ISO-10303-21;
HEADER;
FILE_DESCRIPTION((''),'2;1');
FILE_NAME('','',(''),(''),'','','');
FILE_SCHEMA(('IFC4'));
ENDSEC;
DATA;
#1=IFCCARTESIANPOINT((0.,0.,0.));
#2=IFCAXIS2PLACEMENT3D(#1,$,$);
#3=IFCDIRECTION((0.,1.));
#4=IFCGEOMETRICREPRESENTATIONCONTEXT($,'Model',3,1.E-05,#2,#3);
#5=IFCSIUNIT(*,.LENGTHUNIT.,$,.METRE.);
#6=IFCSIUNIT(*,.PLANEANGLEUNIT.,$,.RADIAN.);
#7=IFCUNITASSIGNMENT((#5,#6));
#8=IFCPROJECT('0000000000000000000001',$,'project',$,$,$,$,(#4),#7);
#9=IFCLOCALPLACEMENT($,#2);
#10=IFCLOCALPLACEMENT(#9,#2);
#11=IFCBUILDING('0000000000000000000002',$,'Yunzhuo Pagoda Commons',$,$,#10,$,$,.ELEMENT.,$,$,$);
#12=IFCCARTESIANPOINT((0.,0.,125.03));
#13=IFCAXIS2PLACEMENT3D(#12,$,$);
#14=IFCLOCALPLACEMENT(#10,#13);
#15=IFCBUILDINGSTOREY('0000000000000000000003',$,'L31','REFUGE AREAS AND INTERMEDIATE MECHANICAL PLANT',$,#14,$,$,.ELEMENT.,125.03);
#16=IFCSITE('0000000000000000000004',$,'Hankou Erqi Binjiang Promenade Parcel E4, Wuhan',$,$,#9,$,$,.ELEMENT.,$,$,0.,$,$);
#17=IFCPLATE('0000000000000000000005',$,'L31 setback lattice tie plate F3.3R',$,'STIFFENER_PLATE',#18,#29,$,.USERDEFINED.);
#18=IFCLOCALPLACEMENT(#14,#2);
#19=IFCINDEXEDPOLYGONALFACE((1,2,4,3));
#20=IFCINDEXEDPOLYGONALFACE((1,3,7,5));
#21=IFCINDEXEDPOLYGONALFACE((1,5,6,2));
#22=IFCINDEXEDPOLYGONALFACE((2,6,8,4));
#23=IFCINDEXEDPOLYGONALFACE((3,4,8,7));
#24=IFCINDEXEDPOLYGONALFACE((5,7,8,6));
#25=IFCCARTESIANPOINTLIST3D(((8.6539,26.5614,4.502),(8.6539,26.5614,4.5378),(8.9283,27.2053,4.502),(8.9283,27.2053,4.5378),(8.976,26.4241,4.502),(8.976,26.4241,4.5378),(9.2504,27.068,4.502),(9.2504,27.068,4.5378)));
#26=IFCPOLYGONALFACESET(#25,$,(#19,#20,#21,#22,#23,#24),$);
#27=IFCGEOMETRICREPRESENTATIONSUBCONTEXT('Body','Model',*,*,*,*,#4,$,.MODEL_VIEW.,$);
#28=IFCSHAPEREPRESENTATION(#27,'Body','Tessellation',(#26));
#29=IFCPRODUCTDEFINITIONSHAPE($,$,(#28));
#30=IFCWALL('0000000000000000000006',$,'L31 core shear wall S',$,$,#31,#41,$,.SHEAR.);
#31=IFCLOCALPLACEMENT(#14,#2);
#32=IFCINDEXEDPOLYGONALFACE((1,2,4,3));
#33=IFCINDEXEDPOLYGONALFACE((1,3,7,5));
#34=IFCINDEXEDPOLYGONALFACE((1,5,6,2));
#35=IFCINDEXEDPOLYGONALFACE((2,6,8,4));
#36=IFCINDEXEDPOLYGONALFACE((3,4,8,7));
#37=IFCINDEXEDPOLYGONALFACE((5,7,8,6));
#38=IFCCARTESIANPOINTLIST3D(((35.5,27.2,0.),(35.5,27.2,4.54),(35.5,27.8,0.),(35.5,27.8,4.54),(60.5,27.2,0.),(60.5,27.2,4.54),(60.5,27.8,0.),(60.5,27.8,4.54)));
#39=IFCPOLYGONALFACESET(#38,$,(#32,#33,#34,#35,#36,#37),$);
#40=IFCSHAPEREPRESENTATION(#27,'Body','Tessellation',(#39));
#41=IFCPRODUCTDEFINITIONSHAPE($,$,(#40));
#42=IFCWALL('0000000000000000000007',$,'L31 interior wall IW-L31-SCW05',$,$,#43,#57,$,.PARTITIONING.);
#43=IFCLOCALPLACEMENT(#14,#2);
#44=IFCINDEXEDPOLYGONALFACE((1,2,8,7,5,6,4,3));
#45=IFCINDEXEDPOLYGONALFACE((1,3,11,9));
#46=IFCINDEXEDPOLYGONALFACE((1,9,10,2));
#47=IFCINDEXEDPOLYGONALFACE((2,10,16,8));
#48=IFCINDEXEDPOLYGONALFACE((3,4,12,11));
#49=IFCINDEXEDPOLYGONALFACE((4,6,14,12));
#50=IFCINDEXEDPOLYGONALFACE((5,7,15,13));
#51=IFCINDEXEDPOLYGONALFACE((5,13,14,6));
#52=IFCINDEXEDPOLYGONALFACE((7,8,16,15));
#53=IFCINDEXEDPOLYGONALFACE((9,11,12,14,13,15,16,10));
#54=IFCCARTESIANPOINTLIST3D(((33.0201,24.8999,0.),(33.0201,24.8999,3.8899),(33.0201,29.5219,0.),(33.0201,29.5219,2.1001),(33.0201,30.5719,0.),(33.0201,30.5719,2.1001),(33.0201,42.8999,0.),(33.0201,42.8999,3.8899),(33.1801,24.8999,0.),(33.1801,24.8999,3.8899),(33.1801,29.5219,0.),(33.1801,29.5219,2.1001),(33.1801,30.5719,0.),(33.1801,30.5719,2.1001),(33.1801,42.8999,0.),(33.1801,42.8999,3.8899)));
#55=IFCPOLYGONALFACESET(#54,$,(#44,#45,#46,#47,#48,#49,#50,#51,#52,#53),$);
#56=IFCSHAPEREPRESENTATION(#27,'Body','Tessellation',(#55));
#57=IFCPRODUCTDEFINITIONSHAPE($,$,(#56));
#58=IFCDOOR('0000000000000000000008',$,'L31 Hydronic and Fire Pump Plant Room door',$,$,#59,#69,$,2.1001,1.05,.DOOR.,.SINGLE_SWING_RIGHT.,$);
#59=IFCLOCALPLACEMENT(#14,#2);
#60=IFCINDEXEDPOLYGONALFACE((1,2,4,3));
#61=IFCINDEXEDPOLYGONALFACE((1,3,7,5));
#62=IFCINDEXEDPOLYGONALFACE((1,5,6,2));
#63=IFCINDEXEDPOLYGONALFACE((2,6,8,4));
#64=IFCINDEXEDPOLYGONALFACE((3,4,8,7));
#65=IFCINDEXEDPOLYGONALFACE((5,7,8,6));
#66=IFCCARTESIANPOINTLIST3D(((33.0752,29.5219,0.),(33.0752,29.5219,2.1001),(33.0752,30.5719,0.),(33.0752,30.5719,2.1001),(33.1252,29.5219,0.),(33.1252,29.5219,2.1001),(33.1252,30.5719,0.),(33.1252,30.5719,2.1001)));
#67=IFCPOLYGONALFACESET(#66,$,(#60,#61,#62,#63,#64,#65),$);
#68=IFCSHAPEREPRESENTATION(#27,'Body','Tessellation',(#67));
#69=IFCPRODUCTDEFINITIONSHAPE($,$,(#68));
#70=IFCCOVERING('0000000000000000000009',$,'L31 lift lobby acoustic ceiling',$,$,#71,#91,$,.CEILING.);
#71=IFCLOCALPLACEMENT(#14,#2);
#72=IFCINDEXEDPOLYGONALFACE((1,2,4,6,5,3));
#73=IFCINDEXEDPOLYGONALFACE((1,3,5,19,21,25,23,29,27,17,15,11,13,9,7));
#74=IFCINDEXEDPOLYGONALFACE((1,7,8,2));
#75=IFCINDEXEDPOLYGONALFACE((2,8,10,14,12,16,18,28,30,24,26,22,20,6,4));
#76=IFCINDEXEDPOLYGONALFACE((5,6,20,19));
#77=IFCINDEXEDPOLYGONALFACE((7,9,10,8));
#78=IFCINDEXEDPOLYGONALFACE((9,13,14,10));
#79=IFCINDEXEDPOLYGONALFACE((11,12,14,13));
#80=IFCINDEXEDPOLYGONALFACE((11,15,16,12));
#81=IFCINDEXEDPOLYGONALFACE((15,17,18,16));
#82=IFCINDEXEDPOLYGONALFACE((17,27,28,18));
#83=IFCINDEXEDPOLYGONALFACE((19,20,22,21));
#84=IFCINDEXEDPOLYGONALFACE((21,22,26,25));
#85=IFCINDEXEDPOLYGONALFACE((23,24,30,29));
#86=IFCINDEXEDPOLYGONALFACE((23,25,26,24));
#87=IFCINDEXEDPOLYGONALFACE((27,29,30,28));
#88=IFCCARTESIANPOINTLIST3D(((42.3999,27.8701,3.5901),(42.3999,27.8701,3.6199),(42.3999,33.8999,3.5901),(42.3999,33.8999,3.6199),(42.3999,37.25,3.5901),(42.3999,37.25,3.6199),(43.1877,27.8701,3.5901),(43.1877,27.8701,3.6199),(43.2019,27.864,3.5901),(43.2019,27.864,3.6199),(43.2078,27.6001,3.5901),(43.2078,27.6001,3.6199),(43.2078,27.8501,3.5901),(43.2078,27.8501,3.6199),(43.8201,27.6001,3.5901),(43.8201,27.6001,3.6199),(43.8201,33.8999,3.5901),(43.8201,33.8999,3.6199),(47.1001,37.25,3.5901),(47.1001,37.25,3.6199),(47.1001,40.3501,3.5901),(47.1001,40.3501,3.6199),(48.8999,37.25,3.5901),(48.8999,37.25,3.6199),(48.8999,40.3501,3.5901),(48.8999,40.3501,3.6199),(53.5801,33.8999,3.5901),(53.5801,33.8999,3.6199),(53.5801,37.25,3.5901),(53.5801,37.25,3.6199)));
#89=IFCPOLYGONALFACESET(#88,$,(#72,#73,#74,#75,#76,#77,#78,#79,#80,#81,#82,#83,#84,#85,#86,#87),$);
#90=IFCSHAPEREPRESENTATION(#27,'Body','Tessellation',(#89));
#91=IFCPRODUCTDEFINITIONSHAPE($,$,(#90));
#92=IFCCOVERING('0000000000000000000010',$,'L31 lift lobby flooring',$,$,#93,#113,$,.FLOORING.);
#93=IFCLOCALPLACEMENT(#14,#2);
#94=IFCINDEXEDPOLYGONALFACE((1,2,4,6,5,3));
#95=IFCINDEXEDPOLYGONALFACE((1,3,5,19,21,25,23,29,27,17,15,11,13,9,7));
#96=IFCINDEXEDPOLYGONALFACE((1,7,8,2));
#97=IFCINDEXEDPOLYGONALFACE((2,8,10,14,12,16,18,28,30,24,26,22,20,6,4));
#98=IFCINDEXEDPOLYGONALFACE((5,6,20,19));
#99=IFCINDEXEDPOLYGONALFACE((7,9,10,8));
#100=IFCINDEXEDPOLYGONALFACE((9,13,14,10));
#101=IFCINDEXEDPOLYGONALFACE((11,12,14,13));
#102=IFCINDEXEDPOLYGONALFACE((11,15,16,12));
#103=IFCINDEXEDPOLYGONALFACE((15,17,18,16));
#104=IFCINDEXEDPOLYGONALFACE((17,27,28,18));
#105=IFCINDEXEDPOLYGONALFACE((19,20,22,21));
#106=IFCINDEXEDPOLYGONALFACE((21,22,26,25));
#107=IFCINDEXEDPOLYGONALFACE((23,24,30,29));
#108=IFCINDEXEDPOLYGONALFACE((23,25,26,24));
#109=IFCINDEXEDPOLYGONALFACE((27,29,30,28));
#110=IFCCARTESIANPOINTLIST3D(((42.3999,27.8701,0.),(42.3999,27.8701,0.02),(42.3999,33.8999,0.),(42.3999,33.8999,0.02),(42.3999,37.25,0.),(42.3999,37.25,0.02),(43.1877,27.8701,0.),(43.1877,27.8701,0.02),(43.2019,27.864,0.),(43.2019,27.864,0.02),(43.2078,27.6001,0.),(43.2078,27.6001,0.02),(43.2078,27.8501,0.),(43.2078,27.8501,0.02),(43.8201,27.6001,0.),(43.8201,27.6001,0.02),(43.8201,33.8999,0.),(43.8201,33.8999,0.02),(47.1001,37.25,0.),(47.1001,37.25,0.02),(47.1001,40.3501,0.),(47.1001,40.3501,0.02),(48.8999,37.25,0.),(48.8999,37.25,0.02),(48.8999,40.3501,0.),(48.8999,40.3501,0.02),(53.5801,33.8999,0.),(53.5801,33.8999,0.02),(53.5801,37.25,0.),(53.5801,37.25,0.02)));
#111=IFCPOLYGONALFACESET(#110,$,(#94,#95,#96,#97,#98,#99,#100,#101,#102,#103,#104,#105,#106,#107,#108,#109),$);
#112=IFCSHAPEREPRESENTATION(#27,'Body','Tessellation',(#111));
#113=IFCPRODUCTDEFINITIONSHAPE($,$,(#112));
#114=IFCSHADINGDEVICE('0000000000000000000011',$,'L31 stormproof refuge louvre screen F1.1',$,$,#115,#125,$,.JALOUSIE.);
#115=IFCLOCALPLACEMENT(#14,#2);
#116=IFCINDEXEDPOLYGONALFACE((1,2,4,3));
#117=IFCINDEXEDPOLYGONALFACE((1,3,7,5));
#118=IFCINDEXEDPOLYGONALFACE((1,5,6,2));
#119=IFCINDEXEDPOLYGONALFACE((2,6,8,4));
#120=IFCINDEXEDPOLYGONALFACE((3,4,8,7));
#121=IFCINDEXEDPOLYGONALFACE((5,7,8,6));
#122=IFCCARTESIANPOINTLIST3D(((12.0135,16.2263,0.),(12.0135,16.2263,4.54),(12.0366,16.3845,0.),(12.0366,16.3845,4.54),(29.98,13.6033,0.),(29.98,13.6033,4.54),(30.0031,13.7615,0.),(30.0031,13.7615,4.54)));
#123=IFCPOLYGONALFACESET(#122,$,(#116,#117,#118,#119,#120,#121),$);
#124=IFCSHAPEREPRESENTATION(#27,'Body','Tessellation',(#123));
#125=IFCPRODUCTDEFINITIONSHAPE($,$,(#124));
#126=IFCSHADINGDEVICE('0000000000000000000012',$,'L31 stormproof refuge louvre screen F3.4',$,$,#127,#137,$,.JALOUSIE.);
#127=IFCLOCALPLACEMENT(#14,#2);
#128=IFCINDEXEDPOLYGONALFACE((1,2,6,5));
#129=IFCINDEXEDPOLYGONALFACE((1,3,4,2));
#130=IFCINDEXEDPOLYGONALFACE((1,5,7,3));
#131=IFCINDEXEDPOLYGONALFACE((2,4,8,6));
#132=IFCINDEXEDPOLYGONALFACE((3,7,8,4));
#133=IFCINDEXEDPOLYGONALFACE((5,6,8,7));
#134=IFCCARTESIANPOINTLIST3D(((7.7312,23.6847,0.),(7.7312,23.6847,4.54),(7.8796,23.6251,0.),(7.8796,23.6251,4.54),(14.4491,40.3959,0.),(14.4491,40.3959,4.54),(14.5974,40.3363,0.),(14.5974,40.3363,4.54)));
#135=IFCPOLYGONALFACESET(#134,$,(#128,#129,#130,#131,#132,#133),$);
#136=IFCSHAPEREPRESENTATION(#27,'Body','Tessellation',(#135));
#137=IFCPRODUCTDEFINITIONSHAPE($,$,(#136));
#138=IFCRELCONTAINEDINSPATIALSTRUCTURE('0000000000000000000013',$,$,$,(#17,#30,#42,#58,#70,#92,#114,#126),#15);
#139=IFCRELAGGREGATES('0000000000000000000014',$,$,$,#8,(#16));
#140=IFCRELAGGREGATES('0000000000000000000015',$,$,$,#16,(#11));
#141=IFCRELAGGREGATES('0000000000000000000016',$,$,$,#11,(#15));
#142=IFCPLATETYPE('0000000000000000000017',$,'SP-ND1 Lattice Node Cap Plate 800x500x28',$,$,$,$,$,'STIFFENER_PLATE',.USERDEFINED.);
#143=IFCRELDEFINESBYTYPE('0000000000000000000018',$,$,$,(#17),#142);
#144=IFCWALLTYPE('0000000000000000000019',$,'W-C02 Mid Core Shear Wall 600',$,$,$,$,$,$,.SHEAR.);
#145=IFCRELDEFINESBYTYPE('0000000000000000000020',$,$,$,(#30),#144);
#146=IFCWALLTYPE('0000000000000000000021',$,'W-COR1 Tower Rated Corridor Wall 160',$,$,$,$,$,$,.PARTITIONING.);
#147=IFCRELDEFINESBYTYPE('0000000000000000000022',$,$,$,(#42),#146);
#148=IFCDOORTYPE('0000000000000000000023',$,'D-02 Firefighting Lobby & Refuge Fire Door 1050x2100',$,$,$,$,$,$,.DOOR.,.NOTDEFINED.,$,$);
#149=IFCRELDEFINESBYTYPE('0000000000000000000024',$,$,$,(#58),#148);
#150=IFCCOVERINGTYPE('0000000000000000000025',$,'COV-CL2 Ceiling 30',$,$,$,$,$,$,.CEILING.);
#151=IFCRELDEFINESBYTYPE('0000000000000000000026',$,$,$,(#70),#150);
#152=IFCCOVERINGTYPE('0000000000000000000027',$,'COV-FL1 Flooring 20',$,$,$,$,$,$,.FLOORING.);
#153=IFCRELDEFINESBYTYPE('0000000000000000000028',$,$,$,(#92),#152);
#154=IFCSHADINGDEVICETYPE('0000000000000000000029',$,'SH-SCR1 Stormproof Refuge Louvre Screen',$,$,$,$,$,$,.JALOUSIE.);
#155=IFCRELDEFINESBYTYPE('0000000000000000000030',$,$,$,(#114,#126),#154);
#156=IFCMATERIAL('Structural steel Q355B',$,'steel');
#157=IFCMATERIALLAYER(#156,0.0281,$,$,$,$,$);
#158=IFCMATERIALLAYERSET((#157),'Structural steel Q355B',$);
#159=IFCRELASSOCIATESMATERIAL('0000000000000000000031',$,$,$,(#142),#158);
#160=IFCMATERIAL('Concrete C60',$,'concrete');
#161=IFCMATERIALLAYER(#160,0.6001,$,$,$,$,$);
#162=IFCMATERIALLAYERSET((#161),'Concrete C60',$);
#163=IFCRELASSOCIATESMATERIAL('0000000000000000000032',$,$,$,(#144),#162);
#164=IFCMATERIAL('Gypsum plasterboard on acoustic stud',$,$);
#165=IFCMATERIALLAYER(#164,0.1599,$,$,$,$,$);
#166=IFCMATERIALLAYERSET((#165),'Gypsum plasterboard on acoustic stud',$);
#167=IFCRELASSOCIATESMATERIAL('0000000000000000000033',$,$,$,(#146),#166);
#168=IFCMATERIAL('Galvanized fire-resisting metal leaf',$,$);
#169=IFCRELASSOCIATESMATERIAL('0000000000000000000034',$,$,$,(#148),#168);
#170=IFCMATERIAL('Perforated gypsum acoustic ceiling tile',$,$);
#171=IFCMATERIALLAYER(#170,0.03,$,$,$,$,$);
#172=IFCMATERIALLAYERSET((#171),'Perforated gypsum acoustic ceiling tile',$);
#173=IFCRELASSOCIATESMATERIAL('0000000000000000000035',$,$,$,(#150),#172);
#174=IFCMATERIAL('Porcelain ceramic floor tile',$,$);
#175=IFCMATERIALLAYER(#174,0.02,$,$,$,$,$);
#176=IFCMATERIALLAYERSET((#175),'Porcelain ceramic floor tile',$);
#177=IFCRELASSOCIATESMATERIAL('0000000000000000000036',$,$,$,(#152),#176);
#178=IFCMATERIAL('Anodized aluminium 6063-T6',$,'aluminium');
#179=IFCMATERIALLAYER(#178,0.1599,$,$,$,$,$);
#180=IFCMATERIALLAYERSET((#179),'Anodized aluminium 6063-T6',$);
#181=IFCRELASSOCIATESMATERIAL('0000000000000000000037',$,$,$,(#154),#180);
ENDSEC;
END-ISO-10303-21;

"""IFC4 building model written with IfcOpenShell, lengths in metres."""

from ifc_helpers import new_model, si_unit, direction, frame, frame_2d, origin, origin_with_axes, origin_2d, place, context, subcontext, project, spatial, polyline, rectangle, outline, extrude, source, transform, mapped, material, layer, layer_set, type_object, element, fill, save


model = new_model("IFC4")

# Units and contexts
model_context = context("Model", 3, precision=1e-05, world=origin(), true_north=direction((0.0, 1.0)))
body_context = subcontext(model_context, "Body", "Model", "MODEL_VIEW")
ifc_project = project(units=[si_unit("LENGTHUNIT", "METRE"), si_unit("PLANEANGLEUNIT", "RADIAN")], contexts=[model_context])

# Site, building, storey
site_placement = place(None, origin())
site = spatial("IfcSite", under=ifc_project, at=site_placement, Name="Hankou Erqi Binjiang Promenade Parcel E4, Wuhan", CompositionType="ELEMENT", RefElevation=0.0)
building_placement = place(site_placement, origin())
building = spatial("IfcBuilding", under=site, at=building_placement, Name="Yunzhuo Pagoda Commons", CompositionType="ELEMENT")
storey_placement = place(building_placement, frame((0.0, 0.0, 125.03)))
storey = spatial("IfcBuildingStorey", under=building, at=storey_placement, Name="L31", Description="REFUGE AREAS AND INTERMEDIATE MECHANICAL PLANT", CompositionType="ELEMENT", Elevation=125.03)

# Shared definitions
ifc_material_1 = material(Name="Structural steel Q355B", Category="steel")

# Plate
ifc_layer_1 = layer(ifc_material_1, 0.0281)
ifc_layer_set_1 = layer_set([ifc_layer_1], Name="Structural steel Q355B")
plate_type_1 = type_object("IfcPlateType", Name="SP-ND1 Lattice Node Cap Plate 800x500x28", ElementType="STIFFENER_PLATE", PredefinedType="USERDEFINED", material=ifc_layer_set_1)
shared_shape_1 = source(origin(), body_context, "Body", "SweptSolid", [
    extrude(rectangle(XDim=0.7, YDim=0.3501, at=origin_2d()), origin(), (0.0, 0.0, 1.0), 0.0359),
])
for number, where, z_axis, x_axis, name in (
    (1, (8.9521, 26.8147, 4.502), (0.0, 0.0, 1.0), (-0.39208, -0.919931, 0.0), "L31 setback lattice tie plate F3.3R"),
):
    element("IfcPlate", number, at=place(storey_placement, frame(where, z_axis=z_axis, x_axis=x_axis)), inside=storey, type_object=plate_type_1, Name=name, ObjectType="STIFFENER_PLATE", PredefinedType="USERDEFINED", context=body_context, shape_type="MappedRepresentation", body=[
        mapped(shared_shape_1, transform((0.0, 0.0, 0.0), scale=1.0)),
    ])

# Wall
ifc_material_2 = material(Name="Concrete C60", Category="concrete")
ifc_layer_2 = layer(ifc_material_2, 0.6001)
ifc_layer_set_2 = layer_set([ifc_layer_2], Name="Concrete C60")
wall_type_1 = type_object("IfcWallType", Name="W-C02 Mid Core Shear Wall 600", PredefinedType="SHEAR", material=ifc_layer_set_2)
wall_1_placement = place(storey_placement, frame((35.5, 27.5, 0.0), z_axis=(0.0, 0.0, 1.0), x_axis=(1.0, 0.0, 0.0)))
element("IfcWall", 2, at=wall_1_placement, inside=storey, type_object=wall_type_1, Name="L31 core shear wall S", PredefinedType="SHEAR", context=body_context, shape_type="SweptSolid", body=[
    extrude(rectangle(XDim=25.0, YDim=0.6001, at=frame_2d((12.5, 0.0))), origin(), (0.0, 0.0, 1.0), 4.54),
])

# Wall, opening, door
ifc_material_3 = material(Name="Gypsum plasterboard on acoustic stud")
ifc_layer_3 = layer(ifc_material_3, 0.1599)
ifc_layer_set_3 = layer_set([ifc_layer_3], Name="Gypsum plasterboard on acoustic stud")
wall_type_2 = type_object("IfcWallType", Name="W-COR1 Tower Rated Corridor Wall 160", PredefinedType="PARTITIONING", material=ifc_layer_set_3)
wall_2_placement = place(storey_placement, frame((33.1001, 24.8999, 0.0), z_axis=(0.0, 0.0, 1.0), x_axis=(0.0, 1.0, 0.0)))
wall_2 = element("IfcWall", 3, at=wall_2_placement, inside=storey, type_object=wall_type_2, Name="L31 interior wall IW-L31-SCW05", PredefinedType="PARTITIONING", context=body_context, shape_type="SweptSolid", body=[
    extrude(rectangle(XDim=18.0, YDim=0.1599, at=frame_2d((9.0, 0.0))), origin(), (0.0, 0.0, 1.0), 3.8899),
])
opening_placement = place(wall_2_placement, frame((4.6221, 0.0, 0.0)))
opening = element("IfcOpeningElement", 4, at=opening_placement, cuts=wall_2, PredefinedType="OPENING", context=body_context, shape_type="SweptSolid", body=[
    extrude(rectangle(XDim=1.05, YDim=2.1001, at=frame_2d((0.5249, 1.05))), frame((0.0, 0.0898, 0.0), z_axis=(0.0, -1.0, 0.0), x_axis=(1.0, 0.0, 0.0)), (0.0, 0.0, 1.0), 0.1799),
])
ifc_material_4 = material(Name="Galvanized fire-resisting metal leaf")
door_type = type_object("IfcDoorType", Name="D-02 Firefighting Lobby & Refuge Fire Door 1050x2100", OperationType="NOTDEFINED", PredefinedType="DOOR", material=ifc_material_4)
shared_shape_2 = source(origin(), body_context, "Body", "SweptSolid", [
    extrude(rectangle(XDim=1.05, YDim=2.1001, at=frame_2d((0.5249, 1.05))), frame((0.0, 0.0249, 0.0), z_axis=(0.0, -1.0, 0.0), x_axis=(1.0, 0.0, 0.0)), (0.0, 0.0, 1.0), 0.05),
])
door_placement = place(opening_placement, origin_with_axes())
door = element("IfcDoor", 5, at=door_placement, inside=storey, type_object=door_type, Name="L31 Hydronic and Fire Pump Plant Room door", OperationType="SINGLE_SWING_RIGHT", OverallHeight=2.1001, OverallWidth=1.05, PredefinedType="DOOR", context=body_context, shape_type="MappedRepresentation", body=[
    mapped(shared_shape_2, transform((0.0, 0.0, 0.0), scale=1.0)),
])
fill(opening, door)

# Coverings
ifc_material_5 = material(Name="Perforated gypsum acoustic ceiling tile")
ifc_layer_4 = layer(ifc_material_5, 0.03)
ifc_layer_set_4 = layer_set([ifc_layer_4], Name="Perforated gypsum acoustic ceiling tile")
covering_type_1 = type_object("IfcCoveringType", Name="COV-CL2 Ceiling 30", PredefinedType="CEILING", material=ifc_layer_set_4)
covering_1_placement = place(storey_placement, frame((0.0, 0.0, 3.5901)))
element("IfcCovering", 6, at=covering_1_placement, inside=storey, type_object=covering_type_1, Name="L31 lift lobby acoustic ceiling", PredefinedType="CEILING", context=body_context, shape_type="SweptSolid", body=[
    extrude(outline(polyline([(43.2078, 27.8501), (43.2019, 27.864), (43.1877, 27.8701), (42.3999, 27.8701), (42.3999, 33.8999), (42.3999, 37.25), (47.1001, 37.25), (47.1001, 40.3501), (48.8999, 40.3501), (48.8999, 37.25), (53.5801, 37.25), (53.5801, 33.8999), (43.8201, 33.8999), (43.8201, 27.6001), (43.2078, 27.6001), (43.2078, 27.8501)])), origin(), (0.0, 0.0, 1.0), 0.0298),
])
ifc_material_6 = material(Name="Porcelain ceramic floor tile")
ifc_layer_5 = layer(ifc_material_6, 0.02)
ifc_layer_set_5 = layer_set([ifc_layer_5], Name="Porcelain ceramic floor tile")
covering_type_2 = type_object("IfcCoveringType", Name="COV-FL1 Flooring 20", PredefinedType="FLOORING", material=ifc_layer_set_5)
covering_2_placement = place(storey_placement, origin())
element("IfcCovering", 7, at=covering_2_placement, inside=storey, type_object=covering_type_2, Name="L31 lift lobby flooring", PredefinedType="FLOORING", context=body_context, shape_type="SweptSolid", body=[
    extrude(outline(polyline([(43.2078, 27.8501), (43.2019, 27.864), (43.1877, 27.8701), (42.3999, 27.8701), (42.3999, 33.8999), (42.3999, 37.25), (47.1001, 37.25), (47.1001, 40.3501), (48.8999, 40.3501), (48.8999, 37.25), (53.5801, 37.25), (53.5801, 33.8999), (43.8201, 33.8999), (43.8201, 27.6001), (43.2078, 27.6001), (43.2078, 27.8501)])), origin(), (0.0, 0.0, 1.0), 0.02),
])

# Shared definitions
ifc_material_7 = material(Name="Anodized aluminium 6063-T6", Category="aluminium")

# Shading devices
ifc_layer_6 = layer(ifc_material_7, 0.1599)
ifc_layer_set_6 = layer_set([ifc_layer_6], Name="Anodized aluminium 6063-T6")
shading_device_type = type_object("IfcShadingDeviceType", Name="SH-SCR1 Stormproof Refuge Louvre Screen", PredefinedType="JALOUSIE", material=ifc_layer_set_6)
shared_shape_3 = source(origin(), body_context, "Body", "SweptSolid", [
    extrude(rectangle(XDim=18.157, YDim=0.1599, at=origin_2d()), origin(), (0.0, 0.0, 1.0), 4.54),
])
shading_device_1_placement = place(storey_placement, frame((21.0083, 14.9939, 0.0), z_axis=(0.0, 0.0, 1.0), x_axis=(0.989511, -0.14446, 0.0)))
element("IfcShadingDevice", 8, at=shading_device_1_placement, inside=storey, type_object=shading_device_type, Name="L31 stormproof refuge louvre screen F1.1", PredefinedType="JALOUSIE", context=body_context, shape_type="MappedRepresentation", body=[
    mapped(shared_shape_3, transform((0.0, 0.0, 0.0), scale=1.0)),
])
shared_shape_4 = source(origin(), body_context, "Body", "SweptSolid", [
    extrude(rectangle(XDim=18.011, YDim=0.1599, at=origin_2d()), origin(), (0.0, 0.0, 1.0), 4.54),
])
shading_device_2_placement = place(storey_placement, frame((11.1643, 32.0105, 0.0), z_axis=(0.0, 0.0, 1.0), x_axis=(-0.372988, -0.927836, 0.0)))
element("IfcShadingDevice", 9, at=shading_device_2_placement, inside=storey, type_object=shading_device_type, Name="L31 stormproof refuge louvre screen F3.4", PredefinedType="JALOUSIE", context=body_context, shape_type="MappedRepresentation", body=[
    mapped(shared_shape_4, transform((0.0, 0.0, 0.0), scale=1.0)),
])

save(model, "model.ifc")
